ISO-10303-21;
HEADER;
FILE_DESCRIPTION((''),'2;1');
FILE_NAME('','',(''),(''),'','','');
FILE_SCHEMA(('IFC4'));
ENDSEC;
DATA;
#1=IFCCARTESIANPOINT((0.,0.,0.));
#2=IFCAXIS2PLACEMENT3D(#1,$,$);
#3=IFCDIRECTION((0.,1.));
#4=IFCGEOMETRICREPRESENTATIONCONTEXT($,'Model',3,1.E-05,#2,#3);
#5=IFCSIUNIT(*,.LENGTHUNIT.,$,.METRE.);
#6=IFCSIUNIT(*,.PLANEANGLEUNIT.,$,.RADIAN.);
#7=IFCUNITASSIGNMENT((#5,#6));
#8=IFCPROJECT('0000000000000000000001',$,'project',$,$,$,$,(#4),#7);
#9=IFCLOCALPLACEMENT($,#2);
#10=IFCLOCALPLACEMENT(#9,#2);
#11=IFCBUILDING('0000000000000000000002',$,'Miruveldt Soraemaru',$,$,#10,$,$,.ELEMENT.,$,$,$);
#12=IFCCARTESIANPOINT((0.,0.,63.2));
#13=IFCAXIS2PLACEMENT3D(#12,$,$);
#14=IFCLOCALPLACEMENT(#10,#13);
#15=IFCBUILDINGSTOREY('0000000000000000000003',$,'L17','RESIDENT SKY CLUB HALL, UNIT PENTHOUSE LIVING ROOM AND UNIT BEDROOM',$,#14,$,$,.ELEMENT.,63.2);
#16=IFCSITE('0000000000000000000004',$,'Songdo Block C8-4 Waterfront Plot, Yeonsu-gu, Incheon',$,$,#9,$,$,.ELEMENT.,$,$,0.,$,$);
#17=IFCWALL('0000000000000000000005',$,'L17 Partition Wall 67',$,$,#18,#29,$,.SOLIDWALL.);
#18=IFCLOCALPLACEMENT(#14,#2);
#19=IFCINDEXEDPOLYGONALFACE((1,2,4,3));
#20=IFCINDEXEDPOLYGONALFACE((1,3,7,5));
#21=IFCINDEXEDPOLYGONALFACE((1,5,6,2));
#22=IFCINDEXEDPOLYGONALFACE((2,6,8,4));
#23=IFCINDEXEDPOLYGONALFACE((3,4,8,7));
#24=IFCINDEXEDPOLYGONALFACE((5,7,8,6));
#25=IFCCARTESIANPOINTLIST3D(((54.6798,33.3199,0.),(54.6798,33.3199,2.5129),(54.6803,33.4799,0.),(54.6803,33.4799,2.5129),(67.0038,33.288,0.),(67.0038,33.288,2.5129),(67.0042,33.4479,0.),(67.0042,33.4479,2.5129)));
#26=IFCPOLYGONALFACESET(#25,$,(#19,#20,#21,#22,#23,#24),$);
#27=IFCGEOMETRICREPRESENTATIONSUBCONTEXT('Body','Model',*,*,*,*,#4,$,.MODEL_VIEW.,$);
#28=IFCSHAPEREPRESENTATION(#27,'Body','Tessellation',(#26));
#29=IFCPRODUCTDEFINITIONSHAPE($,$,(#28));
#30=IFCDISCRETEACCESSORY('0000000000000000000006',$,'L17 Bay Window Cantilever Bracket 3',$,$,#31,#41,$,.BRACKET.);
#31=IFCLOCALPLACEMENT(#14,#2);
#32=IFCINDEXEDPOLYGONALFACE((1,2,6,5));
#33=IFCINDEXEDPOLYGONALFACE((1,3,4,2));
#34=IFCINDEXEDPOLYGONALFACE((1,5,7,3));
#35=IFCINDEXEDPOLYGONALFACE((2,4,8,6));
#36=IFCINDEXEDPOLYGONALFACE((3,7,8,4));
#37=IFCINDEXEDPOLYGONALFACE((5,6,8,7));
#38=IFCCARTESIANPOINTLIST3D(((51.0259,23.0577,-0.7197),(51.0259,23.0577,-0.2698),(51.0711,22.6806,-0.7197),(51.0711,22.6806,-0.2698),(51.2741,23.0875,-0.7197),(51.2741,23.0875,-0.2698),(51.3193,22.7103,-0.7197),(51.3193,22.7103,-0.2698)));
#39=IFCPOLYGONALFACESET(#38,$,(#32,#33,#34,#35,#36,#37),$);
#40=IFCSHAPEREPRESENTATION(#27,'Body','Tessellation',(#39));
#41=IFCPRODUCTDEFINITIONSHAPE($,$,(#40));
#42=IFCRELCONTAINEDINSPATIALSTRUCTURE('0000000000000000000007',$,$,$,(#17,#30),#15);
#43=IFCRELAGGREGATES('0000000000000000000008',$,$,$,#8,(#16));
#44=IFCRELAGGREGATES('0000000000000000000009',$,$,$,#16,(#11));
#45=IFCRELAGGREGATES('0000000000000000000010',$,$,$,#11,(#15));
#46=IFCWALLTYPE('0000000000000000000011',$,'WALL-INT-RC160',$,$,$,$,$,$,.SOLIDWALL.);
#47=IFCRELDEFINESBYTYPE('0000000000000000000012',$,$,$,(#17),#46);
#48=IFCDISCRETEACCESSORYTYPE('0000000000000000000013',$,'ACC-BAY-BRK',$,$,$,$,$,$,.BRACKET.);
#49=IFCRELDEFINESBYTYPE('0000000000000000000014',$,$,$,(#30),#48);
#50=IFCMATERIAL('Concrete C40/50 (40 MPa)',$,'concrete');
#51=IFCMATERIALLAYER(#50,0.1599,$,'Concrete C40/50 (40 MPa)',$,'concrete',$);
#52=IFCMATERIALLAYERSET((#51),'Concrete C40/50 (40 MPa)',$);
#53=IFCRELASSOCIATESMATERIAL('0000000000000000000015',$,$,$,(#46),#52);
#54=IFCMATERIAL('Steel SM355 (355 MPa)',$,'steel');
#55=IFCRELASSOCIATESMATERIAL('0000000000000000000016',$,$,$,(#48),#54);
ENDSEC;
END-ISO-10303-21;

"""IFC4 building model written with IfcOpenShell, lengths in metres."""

from ifc_helpers import new_model, si_unit, direction, frame, frame_2d, origin, origin_2d, place, context, subcontext, project, spatial, rectangle, extrude, material, layer, layer_set, type_object, element, save


model = new_model("IFC4")

# Units and contexts
model_context = context("Model", 3, precision=1e-05, world=origin(), true_north=direction((0.0, 1.0)))
body_context = subcontext(model_context, "Body", "Model", "MODEL_VIEW")
ifc_project = project(units=[si_unit("LENGTHUNIT", "METRE"), si_unit("PLANEANGLEUNIT", "RADIAN")], contexts=[model_context])

# Site, building, storey
site_placement = place(None, origin())
site = spatial("IfcSite", under=ifc_project, at=site_placement, Name="Songdo Block C8-4 Waterfront Plot, Yeonsu-gu, Incheon", CompositionType="ELEMENT", RefElevation=0.0)
building_placement = place(site_placement, origin())
building = spatial("IfcBuilding", under=site, at=building_placement, Name="Miruveldt Soraemaru", CompositionType="ELEMENT")
storey_placement = place(building_placement, frame((0.0, 0.0, 63.2)))
storey = spatial("IfcBuildingStorey", under=building, at=storey_placement, Name="L17", Description="RESIDENT SKY CLUB HALL, UNIT PENTHOUSE LIVING ROOM AND UNIT BEDROOM", CompositionType="ELEMENT", Elevation=63.2)

# Shared definitions
ifc_material_1 = material(Name="Steel SM355 (355 MPa)", Category="steel")

# Shared definitions
ifc_material_2 = material(Name="Concrete C40/50 (40 MPa)", Category="concrete")
ifc_layer_1 = layer(ifc_material_2, 0.1599, Name="Concrete C40/50 (40 MPa)", Category="concrete")
ifc_layer_set_1 = layer_set([ifc_layer_1], Name="Concrete C40/50 (40 MPa)")
wall_type_1 = type_object("IfcWallType", Name="WALL-INT-RC160", PredefinedType="SOLIDWALL", material=ifc_layer_set_1)

# Wall
wall_1_placement = place(storey_placement, frame((54.6799, 33.3999, 0.0), z_axis=(0.0, 0.0, 1.0), x_axis=(0.999997, -0.002595, 0.0)))
element("IfcWall", 1, at=wall_1_placement, inside=storey, type_object=wall_type_1, Name="L17 Partition Wall 67", PredefinedType="SOLIDWALL", context=body_context, shape_type="SweptSolid", body=[
    extrude(rectangle(XDim=12.324, YDim=0.1599, at=frame_2d((6.1621, 0.0))), origin(), (0.0, 0.0, 1.0), 2.5129),
])

# Discrete accessory
discrete_accessory_type = type_object("IfcDiscreteAccessoryType", Name="ACC-BAY-BRK", PredefinedType="BRACKET", material=ifc_material_1)
discrete_accessory_placement = place(storey_placement, frame((51.1726, 22.884, -0.7197), z_axis=(0.0, 0.0, 1.0), x_axis=(0.119149, -0.992876, 0.0)))
element("IfcDiscreteAccessory", 2, at=discrete_accessory_placement, inside=storey, type_object=discrete_accessory_type, Name="L17 Bay Window Cantilever Bracket 3", PredefinedType="BRACKET", context=body_context, shape_type="SweptSolid", body=[
    extrude(rectangle(XDim=0.3799, YDim=0.25, at=origin_2d()), origin(), (0.0, 0.0, 1.0), 0.45),
])

save(model, "model.ifc")
